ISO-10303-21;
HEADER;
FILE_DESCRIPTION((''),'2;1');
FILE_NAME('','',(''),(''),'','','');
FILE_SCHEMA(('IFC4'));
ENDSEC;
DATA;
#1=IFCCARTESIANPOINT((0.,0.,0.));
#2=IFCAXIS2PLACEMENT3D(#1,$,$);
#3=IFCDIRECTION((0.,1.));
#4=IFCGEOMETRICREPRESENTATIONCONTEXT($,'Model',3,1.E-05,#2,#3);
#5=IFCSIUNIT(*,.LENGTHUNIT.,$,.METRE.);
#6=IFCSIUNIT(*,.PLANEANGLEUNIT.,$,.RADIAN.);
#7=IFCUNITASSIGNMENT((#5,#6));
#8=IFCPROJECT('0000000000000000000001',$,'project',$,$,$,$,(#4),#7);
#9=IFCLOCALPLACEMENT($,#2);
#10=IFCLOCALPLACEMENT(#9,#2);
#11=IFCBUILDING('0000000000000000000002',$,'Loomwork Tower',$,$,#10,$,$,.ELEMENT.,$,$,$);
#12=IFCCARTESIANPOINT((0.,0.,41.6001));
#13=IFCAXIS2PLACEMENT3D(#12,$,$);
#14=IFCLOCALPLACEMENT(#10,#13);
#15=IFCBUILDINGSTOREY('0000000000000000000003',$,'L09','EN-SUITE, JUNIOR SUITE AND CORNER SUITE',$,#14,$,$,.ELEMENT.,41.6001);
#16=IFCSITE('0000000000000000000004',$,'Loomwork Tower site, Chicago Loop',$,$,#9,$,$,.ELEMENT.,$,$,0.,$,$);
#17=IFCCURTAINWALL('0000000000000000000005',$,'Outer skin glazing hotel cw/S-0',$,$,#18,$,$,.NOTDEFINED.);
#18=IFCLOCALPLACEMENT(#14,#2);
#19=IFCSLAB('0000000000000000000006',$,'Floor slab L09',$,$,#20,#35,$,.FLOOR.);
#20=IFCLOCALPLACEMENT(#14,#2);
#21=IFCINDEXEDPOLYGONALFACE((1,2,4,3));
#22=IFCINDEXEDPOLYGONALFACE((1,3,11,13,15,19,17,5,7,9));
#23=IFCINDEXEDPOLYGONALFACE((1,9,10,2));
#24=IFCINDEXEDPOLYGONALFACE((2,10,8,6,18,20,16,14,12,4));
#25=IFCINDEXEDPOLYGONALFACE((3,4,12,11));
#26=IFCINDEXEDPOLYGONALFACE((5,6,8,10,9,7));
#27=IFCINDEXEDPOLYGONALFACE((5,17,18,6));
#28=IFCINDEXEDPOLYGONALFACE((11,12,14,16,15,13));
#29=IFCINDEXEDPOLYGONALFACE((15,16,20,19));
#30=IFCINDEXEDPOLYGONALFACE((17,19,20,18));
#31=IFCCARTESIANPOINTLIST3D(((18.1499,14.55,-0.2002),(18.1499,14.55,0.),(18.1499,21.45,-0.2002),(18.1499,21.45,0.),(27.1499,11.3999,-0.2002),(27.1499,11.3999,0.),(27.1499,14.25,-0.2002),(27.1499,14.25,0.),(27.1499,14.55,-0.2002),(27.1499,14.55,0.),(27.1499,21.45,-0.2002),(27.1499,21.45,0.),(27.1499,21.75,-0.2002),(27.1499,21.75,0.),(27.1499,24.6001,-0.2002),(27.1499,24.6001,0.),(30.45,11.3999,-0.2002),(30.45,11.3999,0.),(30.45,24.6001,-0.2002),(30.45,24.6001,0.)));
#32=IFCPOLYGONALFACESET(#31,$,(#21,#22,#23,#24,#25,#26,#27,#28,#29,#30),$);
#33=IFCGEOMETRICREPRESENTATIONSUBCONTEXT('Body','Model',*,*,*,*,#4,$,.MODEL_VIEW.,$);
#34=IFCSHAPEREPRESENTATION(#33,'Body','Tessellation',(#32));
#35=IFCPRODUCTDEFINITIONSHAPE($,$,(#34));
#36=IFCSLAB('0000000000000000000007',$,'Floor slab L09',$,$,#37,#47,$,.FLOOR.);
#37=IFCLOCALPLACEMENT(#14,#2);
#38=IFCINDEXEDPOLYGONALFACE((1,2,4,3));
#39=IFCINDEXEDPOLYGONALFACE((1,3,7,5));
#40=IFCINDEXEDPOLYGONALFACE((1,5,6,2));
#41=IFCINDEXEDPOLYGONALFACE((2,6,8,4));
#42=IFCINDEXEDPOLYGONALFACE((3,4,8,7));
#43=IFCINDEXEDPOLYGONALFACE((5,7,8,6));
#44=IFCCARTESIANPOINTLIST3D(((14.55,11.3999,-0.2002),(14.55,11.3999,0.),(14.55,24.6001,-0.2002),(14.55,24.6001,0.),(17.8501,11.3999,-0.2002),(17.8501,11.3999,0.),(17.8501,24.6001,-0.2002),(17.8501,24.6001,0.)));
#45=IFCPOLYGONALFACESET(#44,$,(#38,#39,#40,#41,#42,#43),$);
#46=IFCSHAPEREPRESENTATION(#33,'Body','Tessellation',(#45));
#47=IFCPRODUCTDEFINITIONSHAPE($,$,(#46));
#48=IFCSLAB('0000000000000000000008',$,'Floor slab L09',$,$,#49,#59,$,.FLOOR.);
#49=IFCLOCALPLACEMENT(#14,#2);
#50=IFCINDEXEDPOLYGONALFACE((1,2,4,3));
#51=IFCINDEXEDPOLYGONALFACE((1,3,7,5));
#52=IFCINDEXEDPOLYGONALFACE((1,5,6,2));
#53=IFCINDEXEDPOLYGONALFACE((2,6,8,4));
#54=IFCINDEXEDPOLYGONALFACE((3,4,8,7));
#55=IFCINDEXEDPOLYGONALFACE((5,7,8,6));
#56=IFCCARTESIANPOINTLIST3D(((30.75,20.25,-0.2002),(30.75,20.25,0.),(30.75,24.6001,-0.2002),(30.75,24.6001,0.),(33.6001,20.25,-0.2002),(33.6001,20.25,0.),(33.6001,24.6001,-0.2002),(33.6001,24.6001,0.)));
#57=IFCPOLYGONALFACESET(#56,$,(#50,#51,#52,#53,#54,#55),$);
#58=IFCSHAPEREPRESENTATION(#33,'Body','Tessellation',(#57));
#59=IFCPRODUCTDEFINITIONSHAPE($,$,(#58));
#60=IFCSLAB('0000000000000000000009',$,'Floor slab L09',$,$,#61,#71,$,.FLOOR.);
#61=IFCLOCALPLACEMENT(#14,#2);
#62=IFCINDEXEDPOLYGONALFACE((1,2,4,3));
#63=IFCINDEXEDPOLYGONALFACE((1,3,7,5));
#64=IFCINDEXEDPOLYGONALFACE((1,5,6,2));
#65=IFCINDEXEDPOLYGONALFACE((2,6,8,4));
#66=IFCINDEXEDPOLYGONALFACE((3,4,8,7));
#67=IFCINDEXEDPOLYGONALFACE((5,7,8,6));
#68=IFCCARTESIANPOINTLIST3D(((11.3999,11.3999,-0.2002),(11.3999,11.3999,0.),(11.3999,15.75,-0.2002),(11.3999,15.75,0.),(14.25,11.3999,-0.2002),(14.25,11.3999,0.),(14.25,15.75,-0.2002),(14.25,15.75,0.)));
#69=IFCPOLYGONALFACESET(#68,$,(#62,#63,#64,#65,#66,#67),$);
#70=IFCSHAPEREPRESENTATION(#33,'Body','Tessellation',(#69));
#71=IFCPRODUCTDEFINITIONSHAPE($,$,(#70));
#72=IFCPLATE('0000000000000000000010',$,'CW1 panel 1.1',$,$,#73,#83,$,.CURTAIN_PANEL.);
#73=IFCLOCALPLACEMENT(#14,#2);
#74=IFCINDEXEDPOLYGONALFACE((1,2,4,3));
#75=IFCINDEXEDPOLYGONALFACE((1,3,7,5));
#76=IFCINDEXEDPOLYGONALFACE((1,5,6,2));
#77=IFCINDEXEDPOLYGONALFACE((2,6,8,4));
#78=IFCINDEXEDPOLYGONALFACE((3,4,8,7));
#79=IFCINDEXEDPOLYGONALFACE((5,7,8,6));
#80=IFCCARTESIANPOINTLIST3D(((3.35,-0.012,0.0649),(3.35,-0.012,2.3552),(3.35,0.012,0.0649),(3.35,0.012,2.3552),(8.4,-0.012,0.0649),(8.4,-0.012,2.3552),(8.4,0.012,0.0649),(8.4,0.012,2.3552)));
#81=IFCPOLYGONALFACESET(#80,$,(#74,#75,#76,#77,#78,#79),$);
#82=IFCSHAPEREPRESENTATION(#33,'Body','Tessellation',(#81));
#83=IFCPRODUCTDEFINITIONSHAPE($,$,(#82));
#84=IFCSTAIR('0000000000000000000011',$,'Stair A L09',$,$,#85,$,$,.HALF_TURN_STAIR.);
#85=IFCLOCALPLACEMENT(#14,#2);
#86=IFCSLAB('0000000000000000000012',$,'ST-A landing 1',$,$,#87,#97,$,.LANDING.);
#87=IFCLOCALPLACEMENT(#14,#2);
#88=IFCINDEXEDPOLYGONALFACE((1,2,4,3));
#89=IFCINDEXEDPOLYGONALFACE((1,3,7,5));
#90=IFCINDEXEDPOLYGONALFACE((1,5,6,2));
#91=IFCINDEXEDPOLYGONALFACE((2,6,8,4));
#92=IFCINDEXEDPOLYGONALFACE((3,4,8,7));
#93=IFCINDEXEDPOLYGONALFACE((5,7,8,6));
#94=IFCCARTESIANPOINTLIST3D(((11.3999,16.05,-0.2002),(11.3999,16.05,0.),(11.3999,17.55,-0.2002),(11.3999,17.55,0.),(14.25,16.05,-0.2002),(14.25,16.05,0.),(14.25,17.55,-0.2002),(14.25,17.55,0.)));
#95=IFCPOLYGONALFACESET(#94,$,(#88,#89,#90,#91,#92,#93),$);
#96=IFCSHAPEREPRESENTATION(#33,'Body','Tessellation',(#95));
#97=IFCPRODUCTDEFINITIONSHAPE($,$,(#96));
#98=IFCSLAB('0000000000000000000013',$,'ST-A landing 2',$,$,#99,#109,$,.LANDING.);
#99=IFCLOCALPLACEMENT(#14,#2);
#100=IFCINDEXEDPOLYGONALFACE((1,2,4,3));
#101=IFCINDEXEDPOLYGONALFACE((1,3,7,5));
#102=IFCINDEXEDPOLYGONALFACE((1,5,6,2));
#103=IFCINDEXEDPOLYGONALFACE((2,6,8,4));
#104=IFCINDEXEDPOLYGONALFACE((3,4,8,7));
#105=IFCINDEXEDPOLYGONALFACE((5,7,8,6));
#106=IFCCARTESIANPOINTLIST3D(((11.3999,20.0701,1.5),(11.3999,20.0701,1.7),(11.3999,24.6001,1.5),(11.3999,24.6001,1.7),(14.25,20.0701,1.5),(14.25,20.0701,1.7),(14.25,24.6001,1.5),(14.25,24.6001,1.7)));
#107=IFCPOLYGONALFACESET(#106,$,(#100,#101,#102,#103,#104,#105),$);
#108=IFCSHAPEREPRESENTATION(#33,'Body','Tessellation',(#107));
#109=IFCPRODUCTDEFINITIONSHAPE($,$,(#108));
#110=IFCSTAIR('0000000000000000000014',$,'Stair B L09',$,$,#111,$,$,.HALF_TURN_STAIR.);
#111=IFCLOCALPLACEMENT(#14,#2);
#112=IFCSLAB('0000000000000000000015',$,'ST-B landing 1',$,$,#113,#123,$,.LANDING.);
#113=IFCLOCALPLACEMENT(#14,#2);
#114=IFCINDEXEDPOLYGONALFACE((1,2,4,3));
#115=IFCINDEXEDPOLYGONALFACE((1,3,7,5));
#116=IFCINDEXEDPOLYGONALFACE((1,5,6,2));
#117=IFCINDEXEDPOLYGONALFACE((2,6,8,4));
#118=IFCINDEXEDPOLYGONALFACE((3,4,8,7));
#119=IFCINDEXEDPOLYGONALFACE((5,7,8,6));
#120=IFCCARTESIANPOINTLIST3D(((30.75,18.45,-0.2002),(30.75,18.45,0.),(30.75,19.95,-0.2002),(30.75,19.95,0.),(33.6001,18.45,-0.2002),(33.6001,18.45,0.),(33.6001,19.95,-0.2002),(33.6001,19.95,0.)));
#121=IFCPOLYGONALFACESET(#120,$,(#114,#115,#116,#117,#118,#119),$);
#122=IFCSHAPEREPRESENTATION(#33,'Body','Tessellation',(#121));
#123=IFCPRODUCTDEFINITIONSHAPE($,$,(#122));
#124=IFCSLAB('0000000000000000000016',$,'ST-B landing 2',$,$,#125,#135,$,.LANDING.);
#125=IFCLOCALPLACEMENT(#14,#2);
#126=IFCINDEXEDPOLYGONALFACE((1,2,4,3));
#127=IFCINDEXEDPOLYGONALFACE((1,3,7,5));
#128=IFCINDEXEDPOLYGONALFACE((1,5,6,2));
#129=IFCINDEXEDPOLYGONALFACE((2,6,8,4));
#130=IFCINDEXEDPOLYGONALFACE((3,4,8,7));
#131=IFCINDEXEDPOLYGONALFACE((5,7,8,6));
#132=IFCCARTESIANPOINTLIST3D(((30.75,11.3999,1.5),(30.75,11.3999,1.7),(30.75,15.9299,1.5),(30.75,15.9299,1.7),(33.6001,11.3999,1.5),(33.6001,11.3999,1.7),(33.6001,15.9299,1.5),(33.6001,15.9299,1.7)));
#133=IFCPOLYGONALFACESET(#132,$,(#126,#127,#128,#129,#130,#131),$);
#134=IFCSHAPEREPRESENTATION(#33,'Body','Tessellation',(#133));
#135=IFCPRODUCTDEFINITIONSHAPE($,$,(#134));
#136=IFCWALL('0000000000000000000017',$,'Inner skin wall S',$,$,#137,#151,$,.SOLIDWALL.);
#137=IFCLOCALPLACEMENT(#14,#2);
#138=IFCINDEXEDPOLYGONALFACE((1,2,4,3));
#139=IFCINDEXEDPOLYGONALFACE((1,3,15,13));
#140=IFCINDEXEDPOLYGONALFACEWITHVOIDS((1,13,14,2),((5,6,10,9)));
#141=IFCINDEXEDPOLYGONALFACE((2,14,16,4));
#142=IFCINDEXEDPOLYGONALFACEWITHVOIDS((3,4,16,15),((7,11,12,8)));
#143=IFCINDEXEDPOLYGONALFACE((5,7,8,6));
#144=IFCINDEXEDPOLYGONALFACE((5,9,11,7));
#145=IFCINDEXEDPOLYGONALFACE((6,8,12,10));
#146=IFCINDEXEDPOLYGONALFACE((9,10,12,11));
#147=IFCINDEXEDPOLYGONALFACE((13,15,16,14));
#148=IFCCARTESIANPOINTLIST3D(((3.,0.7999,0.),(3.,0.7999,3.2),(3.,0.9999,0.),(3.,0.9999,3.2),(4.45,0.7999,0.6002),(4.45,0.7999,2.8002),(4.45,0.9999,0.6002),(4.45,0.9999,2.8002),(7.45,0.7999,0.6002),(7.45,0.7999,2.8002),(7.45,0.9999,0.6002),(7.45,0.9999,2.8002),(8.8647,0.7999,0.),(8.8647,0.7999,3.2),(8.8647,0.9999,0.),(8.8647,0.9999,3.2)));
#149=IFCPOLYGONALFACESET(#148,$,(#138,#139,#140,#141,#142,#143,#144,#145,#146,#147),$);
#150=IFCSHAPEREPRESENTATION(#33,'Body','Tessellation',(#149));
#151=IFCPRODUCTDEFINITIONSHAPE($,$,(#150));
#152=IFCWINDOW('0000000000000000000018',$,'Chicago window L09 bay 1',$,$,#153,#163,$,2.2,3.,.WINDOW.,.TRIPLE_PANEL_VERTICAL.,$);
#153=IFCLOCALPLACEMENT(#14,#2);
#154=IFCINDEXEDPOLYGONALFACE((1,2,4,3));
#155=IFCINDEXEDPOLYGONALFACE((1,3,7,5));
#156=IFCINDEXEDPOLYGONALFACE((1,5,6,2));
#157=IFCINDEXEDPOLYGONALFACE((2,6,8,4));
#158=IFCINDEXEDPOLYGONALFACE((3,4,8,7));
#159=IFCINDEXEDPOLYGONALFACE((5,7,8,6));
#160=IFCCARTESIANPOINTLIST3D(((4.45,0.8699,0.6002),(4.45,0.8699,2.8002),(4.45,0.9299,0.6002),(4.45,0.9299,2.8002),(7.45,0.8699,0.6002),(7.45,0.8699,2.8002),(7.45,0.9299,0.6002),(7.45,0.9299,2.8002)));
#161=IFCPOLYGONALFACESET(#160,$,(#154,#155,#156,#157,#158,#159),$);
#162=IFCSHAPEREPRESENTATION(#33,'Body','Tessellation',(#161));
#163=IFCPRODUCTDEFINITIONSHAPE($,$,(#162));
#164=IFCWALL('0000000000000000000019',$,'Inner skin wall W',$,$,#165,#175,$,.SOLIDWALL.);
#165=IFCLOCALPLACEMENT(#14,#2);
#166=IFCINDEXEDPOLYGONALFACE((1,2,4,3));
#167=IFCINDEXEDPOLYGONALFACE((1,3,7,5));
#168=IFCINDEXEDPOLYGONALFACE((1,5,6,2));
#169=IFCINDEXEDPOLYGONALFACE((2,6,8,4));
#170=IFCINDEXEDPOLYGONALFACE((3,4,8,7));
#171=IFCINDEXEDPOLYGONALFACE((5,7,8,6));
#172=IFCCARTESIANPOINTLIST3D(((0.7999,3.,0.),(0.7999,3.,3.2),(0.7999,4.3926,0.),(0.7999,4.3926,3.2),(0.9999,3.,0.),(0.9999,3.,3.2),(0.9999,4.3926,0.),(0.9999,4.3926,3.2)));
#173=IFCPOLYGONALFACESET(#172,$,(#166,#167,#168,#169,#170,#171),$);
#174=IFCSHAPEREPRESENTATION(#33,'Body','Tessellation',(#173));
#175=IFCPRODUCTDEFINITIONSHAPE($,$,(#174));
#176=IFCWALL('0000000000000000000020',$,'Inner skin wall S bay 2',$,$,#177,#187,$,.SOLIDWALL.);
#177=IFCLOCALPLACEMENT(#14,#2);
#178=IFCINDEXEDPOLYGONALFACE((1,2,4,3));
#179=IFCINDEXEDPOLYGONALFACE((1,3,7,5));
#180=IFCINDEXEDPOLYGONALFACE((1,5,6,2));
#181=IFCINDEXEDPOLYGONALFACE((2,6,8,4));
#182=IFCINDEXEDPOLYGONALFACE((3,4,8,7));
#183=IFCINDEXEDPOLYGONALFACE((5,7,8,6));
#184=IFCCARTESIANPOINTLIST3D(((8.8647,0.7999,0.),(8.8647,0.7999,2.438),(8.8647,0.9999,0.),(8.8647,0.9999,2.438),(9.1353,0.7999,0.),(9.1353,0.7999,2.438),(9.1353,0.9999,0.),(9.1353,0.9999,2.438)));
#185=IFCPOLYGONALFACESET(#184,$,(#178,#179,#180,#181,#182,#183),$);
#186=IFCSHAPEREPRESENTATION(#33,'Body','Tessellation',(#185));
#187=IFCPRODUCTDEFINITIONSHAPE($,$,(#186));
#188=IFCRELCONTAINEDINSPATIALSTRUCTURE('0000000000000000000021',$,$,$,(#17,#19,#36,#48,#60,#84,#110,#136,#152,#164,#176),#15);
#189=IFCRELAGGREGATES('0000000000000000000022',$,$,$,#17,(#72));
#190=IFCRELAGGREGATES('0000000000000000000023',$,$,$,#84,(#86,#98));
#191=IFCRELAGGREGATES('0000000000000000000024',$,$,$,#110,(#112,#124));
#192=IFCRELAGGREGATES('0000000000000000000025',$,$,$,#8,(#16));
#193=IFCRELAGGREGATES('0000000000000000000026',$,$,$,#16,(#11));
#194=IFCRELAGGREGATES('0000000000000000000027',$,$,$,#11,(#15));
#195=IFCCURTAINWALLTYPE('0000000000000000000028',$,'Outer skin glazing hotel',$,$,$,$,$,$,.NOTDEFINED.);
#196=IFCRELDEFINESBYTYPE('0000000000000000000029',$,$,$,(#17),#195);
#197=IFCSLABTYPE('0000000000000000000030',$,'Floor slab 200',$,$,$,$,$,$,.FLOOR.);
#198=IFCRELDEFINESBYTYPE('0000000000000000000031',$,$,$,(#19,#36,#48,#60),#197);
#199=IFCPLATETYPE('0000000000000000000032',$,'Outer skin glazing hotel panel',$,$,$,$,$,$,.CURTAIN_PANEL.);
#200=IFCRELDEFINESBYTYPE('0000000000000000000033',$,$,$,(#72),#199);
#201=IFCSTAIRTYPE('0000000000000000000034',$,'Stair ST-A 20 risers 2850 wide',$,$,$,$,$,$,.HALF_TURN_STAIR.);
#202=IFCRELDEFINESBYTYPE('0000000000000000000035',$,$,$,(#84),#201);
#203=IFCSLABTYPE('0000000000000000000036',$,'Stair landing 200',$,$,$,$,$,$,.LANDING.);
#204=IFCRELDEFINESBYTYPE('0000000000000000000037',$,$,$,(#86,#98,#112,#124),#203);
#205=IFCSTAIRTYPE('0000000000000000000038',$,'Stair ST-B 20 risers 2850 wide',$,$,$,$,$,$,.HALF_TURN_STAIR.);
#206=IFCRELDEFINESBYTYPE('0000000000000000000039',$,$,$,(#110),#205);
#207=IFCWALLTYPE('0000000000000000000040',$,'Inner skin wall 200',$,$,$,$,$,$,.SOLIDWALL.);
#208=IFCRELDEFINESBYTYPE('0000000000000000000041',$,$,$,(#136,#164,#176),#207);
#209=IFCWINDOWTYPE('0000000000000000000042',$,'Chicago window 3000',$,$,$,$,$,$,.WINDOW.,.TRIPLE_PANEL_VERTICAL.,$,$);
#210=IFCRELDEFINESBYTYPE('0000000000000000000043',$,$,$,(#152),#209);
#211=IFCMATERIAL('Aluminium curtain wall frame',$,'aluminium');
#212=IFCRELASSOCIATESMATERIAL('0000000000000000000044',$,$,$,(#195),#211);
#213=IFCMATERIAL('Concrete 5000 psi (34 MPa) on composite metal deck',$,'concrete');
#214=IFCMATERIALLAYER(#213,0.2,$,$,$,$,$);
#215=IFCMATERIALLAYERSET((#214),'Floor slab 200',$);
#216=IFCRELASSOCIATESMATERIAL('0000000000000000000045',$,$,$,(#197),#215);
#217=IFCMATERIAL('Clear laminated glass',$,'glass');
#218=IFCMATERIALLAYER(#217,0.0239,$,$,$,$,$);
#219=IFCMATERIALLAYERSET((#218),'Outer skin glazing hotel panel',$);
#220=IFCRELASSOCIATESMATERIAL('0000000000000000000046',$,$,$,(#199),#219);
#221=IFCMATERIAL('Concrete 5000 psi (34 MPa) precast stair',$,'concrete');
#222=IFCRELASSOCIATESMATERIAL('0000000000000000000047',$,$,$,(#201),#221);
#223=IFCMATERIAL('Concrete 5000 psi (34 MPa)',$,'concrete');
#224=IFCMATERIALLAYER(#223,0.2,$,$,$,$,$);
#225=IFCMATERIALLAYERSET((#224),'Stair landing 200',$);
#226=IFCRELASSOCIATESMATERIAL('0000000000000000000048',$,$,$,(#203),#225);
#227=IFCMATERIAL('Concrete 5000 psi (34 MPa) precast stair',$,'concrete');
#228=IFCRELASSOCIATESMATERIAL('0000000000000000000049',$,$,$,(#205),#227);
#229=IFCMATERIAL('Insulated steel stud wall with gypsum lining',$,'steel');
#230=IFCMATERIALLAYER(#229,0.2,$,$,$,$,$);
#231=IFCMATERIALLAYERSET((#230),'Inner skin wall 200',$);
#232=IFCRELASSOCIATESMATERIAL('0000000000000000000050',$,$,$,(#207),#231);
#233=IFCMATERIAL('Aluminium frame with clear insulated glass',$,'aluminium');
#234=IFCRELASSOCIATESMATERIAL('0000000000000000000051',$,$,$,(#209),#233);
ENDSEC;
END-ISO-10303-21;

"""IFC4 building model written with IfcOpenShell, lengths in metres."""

from ifc_helpers import new_model, si_unit, direction, frame, frame_2d, origin, origin_2d, place, context, subcontext, project, spatial, polyline, rectangle, outline, extrude, material, layer, layer_set, type_object, element, fill, aggregate, save


model = new_model("IFC4")

# Units and contexts
model_context = context("Model", 3, precision=1e-05, world=origin(), true_north=direction((0.0, 1.0)))
body_context = subcontext(model_context, "Body", "Model", "MODEL_VIEW")
ifc_project = project(units=[si_unit("LENGTHUNIT", "METRE"), si_unit("PLANEANGLEUNIT", "RADIAN")], contexts=[model_context])

# Site, building, storey
site_placement = place(None, origin())
site = spatial("IfcSite", under=ifc_project, at=site_placement, Name="Loomwork Tower site, Chicago Loop", CompositionType="ELEMENT", RefElevation=0.0)
building_placement = place(site_placement, origin())
building = spatial("IfcBuilding", under=site, at=building_placement, Name="Loomwork Tower", CompositionType="ELEMENT")
storey_placement = place(building_placement, frame((0.0, 0.0, 41.6001)))
storey = spatial("IfcBuildingStorey", under=building, at=storey_placement, Name="L09", Description="EN-SUITE, JUNIOR SUITE AND CORNER SUITE", CompositionType="ELEMENT", Elevation=41.6001)

# Curtain wall
ifc_material_1 = material(Name="Aluminium curtain wall frame", Category="aluminium")
curtain_wall_type = type_object("IfcCurtainWallType", Name="Outer skin glazing hotel", PredefinedType="NOTDEFINED", material=ifc_material_1)
curtain_wall_1_placement = place(storey_placement, origin())
curtain_wall_1 = element("IfcCurtainWall", 1, at=curtain_wall_1_placement, inside=storey, type_object=curtain_wall_type, Name="Outer skin glazing hotel cw/S-0", PredefinedType="NOTDEFINED")

# Slabs
ifc_material_2 = material(Name="Concrete 5000 psi (34 MPa) on composite metal deck", Category="concrete")
ifc_layer_1 = layer(ifc_material_2, 0.2)
ifc_layer_set_1 = layer_set([ifc_layer_1], Name="Floor slab 200")
slab_type_1 = type_object("IfcSlabType", Name="Floor slab 200", PredefinedType="FLOOR", material=ifc_layer_set_1)
slab_1_placement = place(storey_placement, frame((0.0, 0.0, -0.2002)))
element("IfcSlab", 2, at=slab_1_placement, inside=storey, type_object=slab_type_1, Name="Floor slab L09", PredefinedType="FLOOR", context=body_context, shape_type="SweptSolid", body=[
    extrude(outline(polyline([(30.45, 24.6001), (30.45, 11.3999), (27.1499, 11.3999), (27.1499, 14.25), (27.1499, 14.55), (18.1499, 14.55), (18.1499, 21.45), (27.1499, 21.45), (27.1499, 21.75), (27.1499, 24.6001), (30.45, 24.6001)])), origin(), (0.0, 0.0, 1.0), 0.2002),
])
slab_2_placement = place(storey_placement, frame((0.0, 0.0, -0.2002)))
element("IfcSlab", 3, at=slab_2_placement, inside=storey, type_object=slab_type_1, Name="Floor slab L09", PredefinedType="FLOOR", context=body_context, shape_type="SweptSolid", body=[
    extrude(outline(polyline([(14.55, 11.3999), (14.55, 24.6001), (17.8501, 24.6001), (17.8501, 11.3999), (14.55, 11.3999)])), origin(), (0.0, 0.0, 1.0), 0.2002),
])
slab_3_placement = place(storey_placement, frame((0.0, 0.0, -0.2002)))
element("IfcSlab", 4, at=slab_3_placement, inside=storey, type_object=slab_type_1, Name="Floor slab L09", PredefinedType="FLOOR", context=body_context, shape_type="SweptSolid", body=[
    extrude(outline(polyline([(33.6001, 20.25), (30.75, 20.25), (30.75, 24.6001), (33.6001, 24.6001), (33.6001, 20.25)])), origin(), (0.0, 0.0, 1.0), 0.2002),
])
slab_4_placement = place(storey_placement, frame((0.0, 0.0, -0.2002)))
element("IfcSlab", 5, at=slab_4_placement, inside=storey, type_object=slab_type_1, Name="Floor slab L09", PredefinedType="FLOOR", context=body_context, shape_type="SweptSolid", body=[
    extrude(outline(polyline([(14.25, 15.75), (14.25, 11.3999), (11.3999, 11.3999), (11.3999, 15.75), (14.25, 15.75)])), origin(), (0.0, 0.0, 1.0), 0.2002),
])

# Plate
ifc_material_3 = material(Name="Clear laminated glass", Category="glass")
ifc_layer_2 = layer(ifc_material_3, 0.0239)
ifc_layer_set_2 = layer_set([ifc_layer_2], Name="Outer skin glazing hotel panel")
plate_type = type_object("IfcPlateType", Name="Outer skin glazing hotel panel", PredefinedType="CURTAIN_PANEL", material=ifc_layer_set_2)
plate_placement = place(storey_placement, frame((5.875, 0.0, 0.0649), z_axis=(0.0, 0.0, 1.0), x_axis=(1.0, 0.0, 0.0)))
plate = element("IfcPlate", 6, at=plate_placement, type_object=plate_type, Name="CW1 panel 1.1", PredefinedType="CURTAIN_PANEL", context=body_context, shape_type="SweptSolid", body=[
    extrude(rectangle(XDim=5.05, YDim=0.0239, at=origin_2d()), origin(), (0.0, 0.0, 1.0), 2.2903),
])
aggregate(curtain_wall_1, [plate])

# Stairs, slabs
ifc_material_4 = material(Name="Concrete 5000 psi (34 MPa) precast stair", Category="concrete")
stair_type_1 = type_object("IfcStairType", Name="Stair ST-A 20 risers 2850 wide", PredefinedType="HALF_TURN_STAIR", material=ifc_material_4)
stair_1_placement = place(storey_placement, origin())
stair_1 = element("IfcStair", 7, at=stair_1_placement, inside=storey, type_object=stair_type_1, Name="Stair A L09", PredefinedType="HALF_TURN_STAIR")
ifc_material_5 = material(Name="Concrete 5000 psi (34 MPa)", Category="concrete")
ifc_layer_3 = layer(ifc_material_5, 0.2)
ifc_layer_set_3 = layer_set([ifc_layer_3], Name="Stair landing 200")
slab_type_2 = type_object("IfcSlabType", Name="Stair landing 200", PredefinedType="LANDING", material=ifc_layer_set_3)
slab_5_placement = place(storey_placement, frame((0.0, 0.0, -0.2002)))
slab_5 = element("IfcSlab", 8, at=slab_5_placement, type_object=slab_type_2, Name="ST-A landing 1", PredefinedType="LANDING", context=body_context, shape_type="SweptSolid", body=[
    extrude(outline(polyline([(11.3999, 16.05), (14.25, 16.05), (14.25, 17.55), (11.3999, 17.55), (11.3999, 16.05)])), origin(), (0.0, 0.0, 1.0), 0.2002),
])
slab_6_placement = place(storey_placement, frame((0.0, 0.0, 1.5)))
slab_6 = element("IfcSlab", 9, at=slab_6_placement, type_object=slab_type_2, Name="ST-A landing 2", PredefinedType="LANDING", context=body_context, shape_type="SweptSolid", body=[
    extrude(outline(polyline([(11.3999, 20.0701), (14.25, 20.0701), (14.25, 24.6001), (11.3999, 24.6001), (11.3999, 20.0701)])), origin(), (0.0, 0.0, 1.0), 0.2),
])
aggregate(stair_1, [slab_5, slab_6])
ifc_material_6 = material(Name="Concrete 5000 psi (34 MPa) precast stair", Category="concrete")
stair_type_2 = type_object("IfcStairType", Name="Stair ST-B 20 risers 2850 wide", PredefinedType="HALF_TURN_STAIR", material=ifc_material_6)
stair_2_placement = place(storey_placement, origin())
stair_2 = element("IfcStair", 10, at=stair_2_placement, inside=storey, type_object=stair_type_2, Name="Stair B L09", PredefinedType="HALF_TURN_STAIR")
slab_7_placement = place(storey_placement, frame((0.0, 0.0, -0.2002)))
slab_7 = element("IfcSlab", 11, at=slab_7_placement, type_object=slab_type_2, Name="ST-B landing 1", PredefinedType="LANDING", context=body_context, shape_type="SweptSolid", body=[
    extrude(outline(polyline([(30.75, 18.45), (33.6001, 18.45), (33.6001, 19.95), (30.75, 19.95), (30.75, 18.45)])), origin(), (0.0, 0.0, 1.0), 0.2002),
])
slab_8_placement = place(storey_placement, frame((0.0, 0.0, 1.5)))
slab_8 = element("IfcSlab", 12, at=slab_8_placement, type_object=slab_type_2, Name="ST-B landing 2", PredefinedType="LANDING", context=body_context, shape_type="SweptSolid", body=[
    extrude(outline(polyline([(30.75, 11.3999), (33.6001, 11.3999), (33.6001, 15.9299), (30.75, 15.9299), (30.75, 11.3999)])), origin(), (0.0, 0.0, 1.0), 0.2),
])
aggregate(stair_2, [slab_7, slab_8])

# Wall, opening, window
ifc_material_7 = material(Name="Insulated steel stud wall with gypsum lining", Category="steel")
ifc_layer_4 = layer(ifc_material_7, 0.2)
ifc_layer_set_4 = layer_set([ifc_layer_4], Name="Inner skin wall 200")
wall_type_1 = type_object("IfcWallType", Name="Inner skin wall 200", PredefinedType="SOLIDWALL", material=ifc_layer_set_4)
wall_1_placement = place(storey_placement, frame((3.0, 0.8999, 0.0), z_axis=(0.0, 0.0, 1.0), x_axis=(1.0, 0.0, 0.0)))
wall_1 = element("IfcWall", 13, at=wall_1_placement, inside=storey, type_object=wall_type_1, Name="Inner skin wall S", PredefinedType="SOLIDWALL", context=body_context, shape_type="SweptSolid", body=[
    extrude(rectangle(XDim=5.8647, YDim=0.2, at=frame_2d((2.9324, 0.0))), origin(), (0.0, 0.0, 1.0), 3.2),
])
opening_1_placement = place(wall_1_placement, frame((1.45, 0.0, 0.6001)))
opening_1 = element("IfcOpeningElement", 14, at=opening_1_placement, cuts=wall_1, PredefinedType="OPENING", context=body_context, shape_type="SweptSolid", body=[
    extrude(rectangle(XDim=3.0, YDim=2.2, at=frame_2d((1.5, 1.1001))), frame((0.0, 0.1099, 0.0), z_axis=(0.0, -1.0, 0.0), x_axis=(1.0, 0.0, 0.0)), (0.0, 0.0, 1.0), 0.22),
])
ifc_material_8 = material(Name="Aluminium frame with clear insulated glass", Category="aluminium")
window_type_1 = type_object("IfcWindowType", Name="Chicago window 3000", PartitioningType="TRIPLE_PANEL_VERTICAL", PredefinedType="WINDOW", material=ifc_material_8)
window_1_placement = place(opening_1_placement, origin())
window_1 = element("IfcWindow", 15, at=window_1_placement, inside=storey, type_object=window_type_1, Name="Chicago window L09 bay 1", OverallHeight=2.2, OverallWidth=3.0, PartitioningType="TRIPLE_PANEL_VERTICAL", PredefinedType="WINDOW", context=body_context, shape_type="SweptSolid", body=[
    extrude(rectangle(XDim=3.0, YDim=2.2, at=frame_2d((1.5, 1.1001))), frame((0.0, 0.03, 0.0), z_axis=(0.0, -1.0, 0.0), x_axis=(1.0, 0.0, 0.0)), (0.0, 0.0, 1.0), 0.0601),
])
fill(opening_1, window_1)

# Walls
wall_2_placement = place(storey_placement, frame((0.8999, 3.0, 0.0), z_axis=(0.0, 0.0, 1.0), x_axis=(0.0, 1.0, 0.0)))
element("IfcWall", 16, at=wall_2_placement, inside=storey, type_object=wall_type_1, Name="Inner skin wall W", PredefinedType="SOLIDWALL", context=body_context, shape_type="SweptSolid", body=[
    extrude(rectangle(XDim=1.3926, YDim=0.2, at=frame_2d((0.6963, 0.0))), origin(), (0.0, 0.0, 1.0), 3.2),
])
wall_3_placement = place(storey_placement, frame((8.8647, 0.8999, 0.0), z_axis=(0.0, 0.0, 1.0), x_axis=(1.0, 0.0, 0.0)))
element("IfcWall", 17, at=wall_3_placement, inside=storey, type_object=wall_type_1, Name="Inner skin wall S bay 2", PredefinedType="SOLIDWALL", context=body_context, shape_type="SweptSolid", body=[
    extrude(rectangle(XDim=0.2705, YDim=0.2, at=frame_2d((0.1353, 0.0))), origin(), (0.0, 0.0, 1.0), 2.438),
])

save(model, "model.ifc")
